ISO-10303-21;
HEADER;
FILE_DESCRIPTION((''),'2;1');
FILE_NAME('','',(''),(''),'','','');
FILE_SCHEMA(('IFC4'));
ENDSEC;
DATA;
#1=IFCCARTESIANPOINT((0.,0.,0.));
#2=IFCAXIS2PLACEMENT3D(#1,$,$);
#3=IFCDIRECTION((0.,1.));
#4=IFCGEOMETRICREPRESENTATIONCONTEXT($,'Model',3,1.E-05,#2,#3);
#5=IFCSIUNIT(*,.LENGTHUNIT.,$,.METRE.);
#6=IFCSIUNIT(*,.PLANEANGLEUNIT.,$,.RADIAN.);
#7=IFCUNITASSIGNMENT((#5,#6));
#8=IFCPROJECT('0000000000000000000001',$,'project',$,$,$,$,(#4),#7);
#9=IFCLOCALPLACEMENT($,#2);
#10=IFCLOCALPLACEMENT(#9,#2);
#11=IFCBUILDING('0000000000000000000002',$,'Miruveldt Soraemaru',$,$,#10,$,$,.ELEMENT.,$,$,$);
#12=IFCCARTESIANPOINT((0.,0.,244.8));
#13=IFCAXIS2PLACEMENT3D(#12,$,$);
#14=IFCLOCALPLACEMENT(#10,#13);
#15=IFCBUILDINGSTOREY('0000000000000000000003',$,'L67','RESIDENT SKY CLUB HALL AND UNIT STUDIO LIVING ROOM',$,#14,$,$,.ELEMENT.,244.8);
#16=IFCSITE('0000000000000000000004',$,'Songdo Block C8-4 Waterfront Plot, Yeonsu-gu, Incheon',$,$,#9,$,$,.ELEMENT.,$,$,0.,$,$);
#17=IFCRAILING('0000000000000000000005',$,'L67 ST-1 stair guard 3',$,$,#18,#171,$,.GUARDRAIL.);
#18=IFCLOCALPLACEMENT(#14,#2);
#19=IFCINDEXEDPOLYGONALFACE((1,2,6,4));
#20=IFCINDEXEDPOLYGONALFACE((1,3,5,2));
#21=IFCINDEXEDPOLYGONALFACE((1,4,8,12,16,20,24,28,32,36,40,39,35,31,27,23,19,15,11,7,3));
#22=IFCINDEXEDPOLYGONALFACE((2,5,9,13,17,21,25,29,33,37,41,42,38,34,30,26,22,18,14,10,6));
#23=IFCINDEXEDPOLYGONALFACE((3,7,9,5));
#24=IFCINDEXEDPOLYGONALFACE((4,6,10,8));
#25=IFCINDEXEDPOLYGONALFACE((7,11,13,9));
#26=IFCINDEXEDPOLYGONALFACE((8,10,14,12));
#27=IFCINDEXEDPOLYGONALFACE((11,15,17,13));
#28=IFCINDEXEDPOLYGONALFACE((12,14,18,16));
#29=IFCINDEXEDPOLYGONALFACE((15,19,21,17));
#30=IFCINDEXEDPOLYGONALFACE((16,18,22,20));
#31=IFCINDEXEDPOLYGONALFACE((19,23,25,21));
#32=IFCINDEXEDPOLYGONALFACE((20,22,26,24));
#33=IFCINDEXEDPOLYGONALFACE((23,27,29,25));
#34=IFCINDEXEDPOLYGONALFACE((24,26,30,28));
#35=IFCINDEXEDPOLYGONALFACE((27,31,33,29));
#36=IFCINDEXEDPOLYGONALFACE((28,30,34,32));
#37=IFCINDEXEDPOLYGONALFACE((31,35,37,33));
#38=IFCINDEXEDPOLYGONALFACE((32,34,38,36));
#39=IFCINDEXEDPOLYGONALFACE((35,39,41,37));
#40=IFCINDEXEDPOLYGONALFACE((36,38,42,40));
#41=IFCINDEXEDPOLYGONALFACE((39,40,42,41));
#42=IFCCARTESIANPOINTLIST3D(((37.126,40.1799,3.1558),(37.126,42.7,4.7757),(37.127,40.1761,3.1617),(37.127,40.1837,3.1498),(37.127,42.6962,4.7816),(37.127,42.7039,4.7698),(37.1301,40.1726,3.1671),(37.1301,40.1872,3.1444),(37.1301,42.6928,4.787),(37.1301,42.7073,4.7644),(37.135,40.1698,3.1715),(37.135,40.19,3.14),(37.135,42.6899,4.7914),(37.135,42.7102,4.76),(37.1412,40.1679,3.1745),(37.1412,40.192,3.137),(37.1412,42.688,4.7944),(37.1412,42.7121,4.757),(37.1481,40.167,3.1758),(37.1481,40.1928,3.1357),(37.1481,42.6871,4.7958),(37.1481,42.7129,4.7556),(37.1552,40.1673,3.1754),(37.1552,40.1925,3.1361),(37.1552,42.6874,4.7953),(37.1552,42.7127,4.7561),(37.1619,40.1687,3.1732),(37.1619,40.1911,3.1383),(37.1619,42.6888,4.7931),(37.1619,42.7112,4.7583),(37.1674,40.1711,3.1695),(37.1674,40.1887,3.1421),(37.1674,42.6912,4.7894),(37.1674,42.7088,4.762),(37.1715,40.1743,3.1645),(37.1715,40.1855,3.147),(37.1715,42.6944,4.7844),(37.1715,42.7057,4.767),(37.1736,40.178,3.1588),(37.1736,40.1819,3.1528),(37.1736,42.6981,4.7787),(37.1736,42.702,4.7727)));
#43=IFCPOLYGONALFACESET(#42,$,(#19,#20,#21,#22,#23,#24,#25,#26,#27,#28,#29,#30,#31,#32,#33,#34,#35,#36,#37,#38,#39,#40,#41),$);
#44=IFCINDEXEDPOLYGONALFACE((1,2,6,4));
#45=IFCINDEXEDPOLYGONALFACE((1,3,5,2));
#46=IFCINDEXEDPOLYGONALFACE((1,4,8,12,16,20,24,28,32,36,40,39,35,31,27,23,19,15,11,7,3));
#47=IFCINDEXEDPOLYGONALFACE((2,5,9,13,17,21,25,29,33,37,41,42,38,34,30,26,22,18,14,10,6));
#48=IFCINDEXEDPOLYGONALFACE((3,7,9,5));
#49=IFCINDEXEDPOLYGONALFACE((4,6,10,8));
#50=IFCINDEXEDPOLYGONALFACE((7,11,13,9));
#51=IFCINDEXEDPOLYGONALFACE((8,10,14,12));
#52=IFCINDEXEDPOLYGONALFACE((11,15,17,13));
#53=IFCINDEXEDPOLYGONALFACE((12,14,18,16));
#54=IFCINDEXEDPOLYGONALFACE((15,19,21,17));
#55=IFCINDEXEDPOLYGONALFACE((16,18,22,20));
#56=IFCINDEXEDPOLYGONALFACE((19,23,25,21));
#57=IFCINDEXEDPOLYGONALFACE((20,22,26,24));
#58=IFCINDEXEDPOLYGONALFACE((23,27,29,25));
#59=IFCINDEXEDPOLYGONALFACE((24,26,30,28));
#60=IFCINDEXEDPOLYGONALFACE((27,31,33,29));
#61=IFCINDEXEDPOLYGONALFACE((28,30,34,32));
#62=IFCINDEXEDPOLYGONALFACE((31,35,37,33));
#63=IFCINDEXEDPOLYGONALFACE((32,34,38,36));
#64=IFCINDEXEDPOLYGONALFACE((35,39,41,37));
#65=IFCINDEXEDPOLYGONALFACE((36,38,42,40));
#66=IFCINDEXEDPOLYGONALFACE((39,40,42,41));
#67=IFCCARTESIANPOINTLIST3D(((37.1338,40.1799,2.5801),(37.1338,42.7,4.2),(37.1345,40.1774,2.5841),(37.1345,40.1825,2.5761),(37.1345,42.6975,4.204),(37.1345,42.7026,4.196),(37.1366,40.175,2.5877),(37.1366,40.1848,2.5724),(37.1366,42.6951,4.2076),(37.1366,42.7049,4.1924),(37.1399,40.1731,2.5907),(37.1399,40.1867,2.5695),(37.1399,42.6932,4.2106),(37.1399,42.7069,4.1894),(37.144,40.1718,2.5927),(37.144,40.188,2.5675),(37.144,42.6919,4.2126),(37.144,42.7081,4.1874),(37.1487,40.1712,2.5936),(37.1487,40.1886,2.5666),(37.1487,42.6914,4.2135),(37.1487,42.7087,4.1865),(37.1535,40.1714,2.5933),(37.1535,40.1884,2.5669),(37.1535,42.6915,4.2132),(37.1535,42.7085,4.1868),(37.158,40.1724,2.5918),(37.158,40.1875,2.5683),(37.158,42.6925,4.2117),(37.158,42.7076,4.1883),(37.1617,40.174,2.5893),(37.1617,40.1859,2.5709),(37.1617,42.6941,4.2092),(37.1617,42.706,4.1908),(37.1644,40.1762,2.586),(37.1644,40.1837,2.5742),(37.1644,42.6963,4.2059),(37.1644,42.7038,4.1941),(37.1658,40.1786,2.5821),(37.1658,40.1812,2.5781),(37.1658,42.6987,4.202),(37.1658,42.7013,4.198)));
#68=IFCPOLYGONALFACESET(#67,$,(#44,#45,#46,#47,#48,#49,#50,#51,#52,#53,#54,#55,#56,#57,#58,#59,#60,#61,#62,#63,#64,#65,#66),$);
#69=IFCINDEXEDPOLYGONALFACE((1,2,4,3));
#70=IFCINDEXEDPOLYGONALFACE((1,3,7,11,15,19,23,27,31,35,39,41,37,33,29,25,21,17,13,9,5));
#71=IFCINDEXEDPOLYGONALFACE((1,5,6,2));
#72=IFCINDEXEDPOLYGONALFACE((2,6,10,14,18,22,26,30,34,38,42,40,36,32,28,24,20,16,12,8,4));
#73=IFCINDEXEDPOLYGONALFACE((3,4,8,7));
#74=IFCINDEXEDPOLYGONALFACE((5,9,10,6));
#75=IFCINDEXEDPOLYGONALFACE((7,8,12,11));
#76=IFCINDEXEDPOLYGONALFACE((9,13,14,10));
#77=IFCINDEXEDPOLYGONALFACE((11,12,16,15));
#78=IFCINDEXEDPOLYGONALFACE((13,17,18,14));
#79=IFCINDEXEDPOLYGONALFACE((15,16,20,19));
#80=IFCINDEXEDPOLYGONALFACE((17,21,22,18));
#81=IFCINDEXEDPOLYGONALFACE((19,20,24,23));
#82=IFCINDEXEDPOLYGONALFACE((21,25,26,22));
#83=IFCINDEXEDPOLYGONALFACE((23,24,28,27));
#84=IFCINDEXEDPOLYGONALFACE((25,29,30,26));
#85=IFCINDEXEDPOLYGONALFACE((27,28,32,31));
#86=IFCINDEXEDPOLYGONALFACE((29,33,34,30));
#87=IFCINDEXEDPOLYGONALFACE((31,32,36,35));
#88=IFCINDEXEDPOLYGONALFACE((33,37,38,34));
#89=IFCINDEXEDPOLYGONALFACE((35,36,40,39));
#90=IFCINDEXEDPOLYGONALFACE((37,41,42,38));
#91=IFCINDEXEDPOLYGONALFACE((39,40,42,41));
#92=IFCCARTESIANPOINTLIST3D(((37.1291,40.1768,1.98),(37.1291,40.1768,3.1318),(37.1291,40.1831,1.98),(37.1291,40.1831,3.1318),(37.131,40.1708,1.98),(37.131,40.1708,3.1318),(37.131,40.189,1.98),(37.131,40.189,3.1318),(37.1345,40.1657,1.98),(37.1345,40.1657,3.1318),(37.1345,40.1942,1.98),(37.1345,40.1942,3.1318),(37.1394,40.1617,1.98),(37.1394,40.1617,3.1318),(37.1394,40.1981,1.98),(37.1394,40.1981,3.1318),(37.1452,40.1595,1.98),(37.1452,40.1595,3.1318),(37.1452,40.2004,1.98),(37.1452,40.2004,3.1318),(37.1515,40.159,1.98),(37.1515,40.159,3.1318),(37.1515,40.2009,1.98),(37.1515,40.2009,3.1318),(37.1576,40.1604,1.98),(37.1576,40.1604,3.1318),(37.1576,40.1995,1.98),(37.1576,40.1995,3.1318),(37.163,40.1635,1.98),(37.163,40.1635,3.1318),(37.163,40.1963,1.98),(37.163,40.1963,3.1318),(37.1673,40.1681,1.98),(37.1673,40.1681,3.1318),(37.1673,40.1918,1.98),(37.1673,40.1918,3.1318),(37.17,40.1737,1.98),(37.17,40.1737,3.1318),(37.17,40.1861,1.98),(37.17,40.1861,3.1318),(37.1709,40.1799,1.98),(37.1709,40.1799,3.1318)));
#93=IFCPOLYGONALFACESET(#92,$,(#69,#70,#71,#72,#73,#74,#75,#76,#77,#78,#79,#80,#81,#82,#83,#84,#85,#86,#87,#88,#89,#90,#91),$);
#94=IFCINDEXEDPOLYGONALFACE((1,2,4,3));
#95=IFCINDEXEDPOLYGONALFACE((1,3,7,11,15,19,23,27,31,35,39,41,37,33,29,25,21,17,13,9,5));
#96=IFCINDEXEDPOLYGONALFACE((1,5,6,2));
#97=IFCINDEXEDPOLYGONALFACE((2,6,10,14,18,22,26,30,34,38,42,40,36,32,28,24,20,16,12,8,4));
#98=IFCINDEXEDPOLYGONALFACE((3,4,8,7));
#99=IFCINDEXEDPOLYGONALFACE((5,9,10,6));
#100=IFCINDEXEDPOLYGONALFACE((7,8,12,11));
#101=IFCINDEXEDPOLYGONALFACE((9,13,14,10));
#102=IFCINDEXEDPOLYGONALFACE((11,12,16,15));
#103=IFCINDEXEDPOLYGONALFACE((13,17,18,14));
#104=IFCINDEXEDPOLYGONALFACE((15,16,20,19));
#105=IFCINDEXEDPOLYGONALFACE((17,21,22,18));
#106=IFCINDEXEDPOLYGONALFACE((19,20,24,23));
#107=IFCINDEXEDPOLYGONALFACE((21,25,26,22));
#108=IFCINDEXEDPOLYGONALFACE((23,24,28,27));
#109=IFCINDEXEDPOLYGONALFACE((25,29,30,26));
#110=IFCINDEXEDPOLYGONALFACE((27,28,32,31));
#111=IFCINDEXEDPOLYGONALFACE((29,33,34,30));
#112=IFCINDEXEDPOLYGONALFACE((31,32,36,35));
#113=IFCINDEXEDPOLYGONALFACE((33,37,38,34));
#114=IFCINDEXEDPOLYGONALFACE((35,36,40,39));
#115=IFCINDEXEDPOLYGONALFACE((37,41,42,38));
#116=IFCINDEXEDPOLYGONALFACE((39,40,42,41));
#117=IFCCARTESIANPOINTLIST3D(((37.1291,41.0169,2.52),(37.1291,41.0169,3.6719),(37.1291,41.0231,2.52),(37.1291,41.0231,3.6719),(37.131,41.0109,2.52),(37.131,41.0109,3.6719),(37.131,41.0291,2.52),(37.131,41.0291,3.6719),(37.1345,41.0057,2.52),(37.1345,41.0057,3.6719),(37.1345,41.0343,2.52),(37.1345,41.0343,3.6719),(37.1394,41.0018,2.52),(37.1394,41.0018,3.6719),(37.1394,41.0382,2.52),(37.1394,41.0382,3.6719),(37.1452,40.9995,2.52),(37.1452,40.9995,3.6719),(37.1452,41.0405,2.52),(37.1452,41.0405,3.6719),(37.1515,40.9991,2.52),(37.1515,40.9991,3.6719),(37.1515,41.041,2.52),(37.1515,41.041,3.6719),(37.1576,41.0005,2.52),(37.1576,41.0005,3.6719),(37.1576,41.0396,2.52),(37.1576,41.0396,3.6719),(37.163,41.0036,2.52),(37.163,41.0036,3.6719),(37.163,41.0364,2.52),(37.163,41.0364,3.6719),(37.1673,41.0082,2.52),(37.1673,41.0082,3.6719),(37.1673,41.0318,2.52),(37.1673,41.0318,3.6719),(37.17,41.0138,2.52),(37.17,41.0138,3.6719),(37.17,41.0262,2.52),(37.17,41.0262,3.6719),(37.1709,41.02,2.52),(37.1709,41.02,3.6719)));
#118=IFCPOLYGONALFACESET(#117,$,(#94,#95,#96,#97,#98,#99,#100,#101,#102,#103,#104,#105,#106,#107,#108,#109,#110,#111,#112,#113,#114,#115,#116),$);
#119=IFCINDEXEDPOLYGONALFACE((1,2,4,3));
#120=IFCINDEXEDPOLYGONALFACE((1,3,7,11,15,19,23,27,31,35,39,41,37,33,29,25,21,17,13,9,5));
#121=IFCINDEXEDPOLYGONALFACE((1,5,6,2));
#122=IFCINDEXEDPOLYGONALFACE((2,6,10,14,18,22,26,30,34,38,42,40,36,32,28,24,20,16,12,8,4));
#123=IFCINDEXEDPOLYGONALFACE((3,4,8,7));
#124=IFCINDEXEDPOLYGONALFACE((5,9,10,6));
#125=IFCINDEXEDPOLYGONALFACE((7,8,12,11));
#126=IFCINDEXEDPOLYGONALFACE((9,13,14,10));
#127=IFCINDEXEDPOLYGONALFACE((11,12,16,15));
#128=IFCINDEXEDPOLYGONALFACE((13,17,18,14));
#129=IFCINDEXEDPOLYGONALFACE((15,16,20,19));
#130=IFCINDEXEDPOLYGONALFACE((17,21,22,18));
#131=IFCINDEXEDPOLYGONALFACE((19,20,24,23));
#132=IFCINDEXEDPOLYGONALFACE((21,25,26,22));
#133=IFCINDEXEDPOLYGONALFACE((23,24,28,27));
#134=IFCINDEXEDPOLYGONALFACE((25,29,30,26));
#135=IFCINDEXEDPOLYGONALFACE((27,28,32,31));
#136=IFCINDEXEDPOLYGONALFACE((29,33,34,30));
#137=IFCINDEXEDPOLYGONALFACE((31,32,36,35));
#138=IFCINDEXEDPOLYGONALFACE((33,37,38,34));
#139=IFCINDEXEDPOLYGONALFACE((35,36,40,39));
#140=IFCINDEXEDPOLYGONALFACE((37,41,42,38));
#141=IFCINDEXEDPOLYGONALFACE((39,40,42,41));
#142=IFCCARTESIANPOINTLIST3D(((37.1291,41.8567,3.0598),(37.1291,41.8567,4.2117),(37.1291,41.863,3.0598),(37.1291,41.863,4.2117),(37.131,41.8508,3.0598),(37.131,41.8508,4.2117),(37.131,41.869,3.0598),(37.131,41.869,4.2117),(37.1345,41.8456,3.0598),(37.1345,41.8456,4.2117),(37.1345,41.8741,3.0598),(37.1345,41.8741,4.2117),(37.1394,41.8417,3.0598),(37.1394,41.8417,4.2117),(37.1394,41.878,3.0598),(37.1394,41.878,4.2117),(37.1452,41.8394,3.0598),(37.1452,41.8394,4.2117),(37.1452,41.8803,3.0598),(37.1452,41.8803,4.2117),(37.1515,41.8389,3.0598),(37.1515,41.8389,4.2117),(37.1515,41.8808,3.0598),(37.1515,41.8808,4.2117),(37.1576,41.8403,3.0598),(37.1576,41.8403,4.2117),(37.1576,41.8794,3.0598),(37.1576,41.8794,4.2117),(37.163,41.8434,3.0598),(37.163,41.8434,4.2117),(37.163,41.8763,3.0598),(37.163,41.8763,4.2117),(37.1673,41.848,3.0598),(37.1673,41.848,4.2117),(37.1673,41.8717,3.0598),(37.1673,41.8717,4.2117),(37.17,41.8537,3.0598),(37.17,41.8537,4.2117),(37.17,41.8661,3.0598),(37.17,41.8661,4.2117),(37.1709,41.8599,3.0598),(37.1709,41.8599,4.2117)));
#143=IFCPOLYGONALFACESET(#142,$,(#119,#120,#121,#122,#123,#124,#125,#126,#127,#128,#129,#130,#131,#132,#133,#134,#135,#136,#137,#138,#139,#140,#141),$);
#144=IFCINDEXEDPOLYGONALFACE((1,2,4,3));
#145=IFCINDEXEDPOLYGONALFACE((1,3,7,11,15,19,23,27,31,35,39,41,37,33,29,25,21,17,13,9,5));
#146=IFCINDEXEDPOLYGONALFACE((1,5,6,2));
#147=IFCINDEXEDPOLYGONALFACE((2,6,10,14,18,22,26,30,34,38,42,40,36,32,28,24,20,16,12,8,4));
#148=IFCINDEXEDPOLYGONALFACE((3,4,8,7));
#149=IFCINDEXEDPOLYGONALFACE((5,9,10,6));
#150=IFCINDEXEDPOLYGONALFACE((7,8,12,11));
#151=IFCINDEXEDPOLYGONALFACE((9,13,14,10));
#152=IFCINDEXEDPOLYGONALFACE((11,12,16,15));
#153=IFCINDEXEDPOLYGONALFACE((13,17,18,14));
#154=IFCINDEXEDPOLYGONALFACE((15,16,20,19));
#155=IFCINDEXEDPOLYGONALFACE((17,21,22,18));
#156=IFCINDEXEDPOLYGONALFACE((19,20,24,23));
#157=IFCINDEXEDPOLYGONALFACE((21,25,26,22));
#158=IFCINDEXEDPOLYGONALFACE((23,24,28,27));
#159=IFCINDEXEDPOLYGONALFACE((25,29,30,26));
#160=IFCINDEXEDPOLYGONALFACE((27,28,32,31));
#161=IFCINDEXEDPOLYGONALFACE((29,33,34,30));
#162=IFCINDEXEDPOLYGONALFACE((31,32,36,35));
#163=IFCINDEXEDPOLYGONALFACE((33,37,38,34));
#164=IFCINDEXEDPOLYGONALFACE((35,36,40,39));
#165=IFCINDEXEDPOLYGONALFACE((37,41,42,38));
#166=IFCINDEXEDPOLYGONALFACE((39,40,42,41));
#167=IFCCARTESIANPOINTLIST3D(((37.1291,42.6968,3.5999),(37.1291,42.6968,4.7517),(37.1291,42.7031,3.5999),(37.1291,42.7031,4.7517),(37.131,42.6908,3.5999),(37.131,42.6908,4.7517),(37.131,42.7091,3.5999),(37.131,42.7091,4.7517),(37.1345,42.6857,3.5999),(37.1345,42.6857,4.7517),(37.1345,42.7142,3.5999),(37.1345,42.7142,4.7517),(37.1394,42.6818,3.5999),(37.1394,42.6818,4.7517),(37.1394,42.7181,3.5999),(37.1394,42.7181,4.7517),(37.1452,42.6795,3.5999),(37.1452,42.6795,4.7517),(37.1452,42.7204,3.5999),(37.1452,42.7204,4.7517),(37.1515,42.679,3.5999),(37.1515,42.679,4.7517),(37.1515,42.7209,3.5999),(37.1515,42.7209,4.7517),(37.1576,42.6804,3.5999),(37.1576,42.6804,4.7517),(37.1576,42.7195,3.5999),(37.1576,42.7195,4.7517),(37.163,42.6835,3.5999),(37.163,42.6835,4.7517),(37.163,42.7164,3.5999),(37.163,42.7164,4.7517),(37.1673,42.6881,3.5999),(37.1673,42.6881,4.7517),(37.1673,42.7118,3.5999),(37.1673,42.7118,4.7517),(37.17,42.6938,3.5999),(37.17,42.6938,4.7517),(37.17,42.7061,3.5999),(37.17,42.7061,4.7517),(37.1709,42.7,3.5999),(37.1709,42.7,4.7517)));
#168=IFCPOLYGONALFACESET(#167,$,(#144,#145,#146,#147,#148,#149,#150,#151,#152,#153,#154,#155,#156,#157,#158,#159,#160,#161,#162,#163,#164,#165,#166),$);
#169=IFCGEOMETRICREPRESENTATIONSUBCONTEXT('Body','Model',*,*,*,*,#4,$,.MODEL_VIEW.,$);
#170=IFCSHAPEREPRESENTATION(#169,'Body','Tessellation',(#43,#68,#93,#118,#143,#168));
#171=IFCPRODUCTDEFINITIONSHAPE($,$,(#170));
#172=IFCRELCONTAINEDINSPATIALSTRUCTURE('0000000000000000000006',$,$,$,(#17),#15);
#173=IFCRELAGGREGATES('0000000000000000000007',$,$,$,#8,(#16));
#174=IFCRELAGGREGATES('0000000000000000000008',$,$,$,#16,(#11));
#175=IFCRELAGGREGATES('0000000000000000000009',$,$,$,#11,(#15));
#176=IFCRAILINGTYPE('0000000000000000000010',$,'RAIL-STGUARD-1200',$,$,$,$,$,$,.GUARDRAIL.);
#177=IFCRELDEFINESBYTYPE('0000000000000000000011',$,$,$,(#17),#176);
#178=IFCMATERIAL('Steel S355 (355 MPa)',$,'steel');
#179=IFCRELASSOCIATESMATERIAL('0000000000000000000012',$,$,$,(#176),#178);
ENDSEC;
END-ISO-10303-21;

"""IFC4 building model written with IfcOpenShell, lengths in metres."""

from ifc_helpers import new_model, si_unit, direction, frame, origin, origin_2d, place, context, subcontext, project, spatial, circle, extrude, material, type_object, element, save


model = new_model("IFC4")

# Units and contexts
model_context = context("Model", 3, precision=1e-05, world=origin(), true_north=direction((0.0, 1.0)))
body_context = subcontext(model_context, "Body", "Model", "MODEL_VIEW")
ifc_project = project(units=[si_unit("LENGTHUNIT", "METRE"), si_unit("PLANEANGLEUNIT", "RADIAN")], contexts=[model_context])

# Site, building, storey
site_placement = place(None, origin())
site = spatial("IfcSite", under=ifc_project, at=site_placement, Name="Songdo Block C8-4 Waterfront Plot, Yeonsu-gu, Incheon", CompositionType="ELEMENT", RefElevation=0.0)
building_placement = place(site_placement, origin())
building = spatial("IfcBuilding", under=site, at=building_placement, Name="Miruveldt Soraemaru", CompositionType="ELEMENT")
storey_placement = place(building_placement, frame((0.0, 0.0, 244.8)))
storey = spatial("IfcBuildingStorey", under=building, at=storey_placement, Name="L67", Description="RESIDENT SKY CLUB HALL AND UNIT STUDIO LIVING ROOM", CompositionType="ELEMENT", Elevation=244.8)

# Railing
ifc_material_1 = material(Name="Steel S355 (355 MPa)", Category="steel")
railing_type_1 = type_object("IfcRailingType", Name="RAIL-STGUARD-1200", PredefinedType="GUARDRAIL", material=ifc_material_1)
railing_1_placement = place(storey_placement, frame((37.1499, 40.1799, 1.98)))
element("IfcRailing", 1, at=railing_1_placement, inside=storey, type_object=railing_type_1, Name="L67 ST-1 stair guard 3", PredefinedType="GUARDRAIL", context=body_context, shape_type="SweptSolid", body=[
    extrude(circle(Radius=0.0239, at=origin_2d()), frame((0.0, 0.0, 1.1758), z_axis=(0.0, 0.8412, 0.540725), x_axis=(-1.0, 0.0, 0.0)), (0.0, 0.0, 1.0), 2.9958),
    extrude(circle(Radius=0.0161, at=origin_2d()), frame((0.0, 0.0, 0.6001), z_axis=(0.0, 0.8412, 0.540725), x_axis=(-1.0, 0.0, 0.0)), (0.0, 0.0, 1.0), 2.9958),
    extrude(circle(Radius=0.021, at=origin_2d()), origin(), (0.0, 0.0, 1.0), 1.1519),
    extrude(circle(Radius=0.021, at=origin_2d()), frame((0.0, 0.8401, 0.54)), (0.0, 0.0, 1.0), 1.1519),
    extrude(circle(Radius=0.021, at=origin_2d()), frame((0.0, 1.6799, 1.0798)), (0.0, 0.0, 1.0), 1.1519),
    extrude(circle(Radius=0.021, at=origin_2d()), frame((0.0, 2.52, 1.6199)), (0.0, 0.0, 1.0), 1.1519),
])

save(model, "model.ifc")
